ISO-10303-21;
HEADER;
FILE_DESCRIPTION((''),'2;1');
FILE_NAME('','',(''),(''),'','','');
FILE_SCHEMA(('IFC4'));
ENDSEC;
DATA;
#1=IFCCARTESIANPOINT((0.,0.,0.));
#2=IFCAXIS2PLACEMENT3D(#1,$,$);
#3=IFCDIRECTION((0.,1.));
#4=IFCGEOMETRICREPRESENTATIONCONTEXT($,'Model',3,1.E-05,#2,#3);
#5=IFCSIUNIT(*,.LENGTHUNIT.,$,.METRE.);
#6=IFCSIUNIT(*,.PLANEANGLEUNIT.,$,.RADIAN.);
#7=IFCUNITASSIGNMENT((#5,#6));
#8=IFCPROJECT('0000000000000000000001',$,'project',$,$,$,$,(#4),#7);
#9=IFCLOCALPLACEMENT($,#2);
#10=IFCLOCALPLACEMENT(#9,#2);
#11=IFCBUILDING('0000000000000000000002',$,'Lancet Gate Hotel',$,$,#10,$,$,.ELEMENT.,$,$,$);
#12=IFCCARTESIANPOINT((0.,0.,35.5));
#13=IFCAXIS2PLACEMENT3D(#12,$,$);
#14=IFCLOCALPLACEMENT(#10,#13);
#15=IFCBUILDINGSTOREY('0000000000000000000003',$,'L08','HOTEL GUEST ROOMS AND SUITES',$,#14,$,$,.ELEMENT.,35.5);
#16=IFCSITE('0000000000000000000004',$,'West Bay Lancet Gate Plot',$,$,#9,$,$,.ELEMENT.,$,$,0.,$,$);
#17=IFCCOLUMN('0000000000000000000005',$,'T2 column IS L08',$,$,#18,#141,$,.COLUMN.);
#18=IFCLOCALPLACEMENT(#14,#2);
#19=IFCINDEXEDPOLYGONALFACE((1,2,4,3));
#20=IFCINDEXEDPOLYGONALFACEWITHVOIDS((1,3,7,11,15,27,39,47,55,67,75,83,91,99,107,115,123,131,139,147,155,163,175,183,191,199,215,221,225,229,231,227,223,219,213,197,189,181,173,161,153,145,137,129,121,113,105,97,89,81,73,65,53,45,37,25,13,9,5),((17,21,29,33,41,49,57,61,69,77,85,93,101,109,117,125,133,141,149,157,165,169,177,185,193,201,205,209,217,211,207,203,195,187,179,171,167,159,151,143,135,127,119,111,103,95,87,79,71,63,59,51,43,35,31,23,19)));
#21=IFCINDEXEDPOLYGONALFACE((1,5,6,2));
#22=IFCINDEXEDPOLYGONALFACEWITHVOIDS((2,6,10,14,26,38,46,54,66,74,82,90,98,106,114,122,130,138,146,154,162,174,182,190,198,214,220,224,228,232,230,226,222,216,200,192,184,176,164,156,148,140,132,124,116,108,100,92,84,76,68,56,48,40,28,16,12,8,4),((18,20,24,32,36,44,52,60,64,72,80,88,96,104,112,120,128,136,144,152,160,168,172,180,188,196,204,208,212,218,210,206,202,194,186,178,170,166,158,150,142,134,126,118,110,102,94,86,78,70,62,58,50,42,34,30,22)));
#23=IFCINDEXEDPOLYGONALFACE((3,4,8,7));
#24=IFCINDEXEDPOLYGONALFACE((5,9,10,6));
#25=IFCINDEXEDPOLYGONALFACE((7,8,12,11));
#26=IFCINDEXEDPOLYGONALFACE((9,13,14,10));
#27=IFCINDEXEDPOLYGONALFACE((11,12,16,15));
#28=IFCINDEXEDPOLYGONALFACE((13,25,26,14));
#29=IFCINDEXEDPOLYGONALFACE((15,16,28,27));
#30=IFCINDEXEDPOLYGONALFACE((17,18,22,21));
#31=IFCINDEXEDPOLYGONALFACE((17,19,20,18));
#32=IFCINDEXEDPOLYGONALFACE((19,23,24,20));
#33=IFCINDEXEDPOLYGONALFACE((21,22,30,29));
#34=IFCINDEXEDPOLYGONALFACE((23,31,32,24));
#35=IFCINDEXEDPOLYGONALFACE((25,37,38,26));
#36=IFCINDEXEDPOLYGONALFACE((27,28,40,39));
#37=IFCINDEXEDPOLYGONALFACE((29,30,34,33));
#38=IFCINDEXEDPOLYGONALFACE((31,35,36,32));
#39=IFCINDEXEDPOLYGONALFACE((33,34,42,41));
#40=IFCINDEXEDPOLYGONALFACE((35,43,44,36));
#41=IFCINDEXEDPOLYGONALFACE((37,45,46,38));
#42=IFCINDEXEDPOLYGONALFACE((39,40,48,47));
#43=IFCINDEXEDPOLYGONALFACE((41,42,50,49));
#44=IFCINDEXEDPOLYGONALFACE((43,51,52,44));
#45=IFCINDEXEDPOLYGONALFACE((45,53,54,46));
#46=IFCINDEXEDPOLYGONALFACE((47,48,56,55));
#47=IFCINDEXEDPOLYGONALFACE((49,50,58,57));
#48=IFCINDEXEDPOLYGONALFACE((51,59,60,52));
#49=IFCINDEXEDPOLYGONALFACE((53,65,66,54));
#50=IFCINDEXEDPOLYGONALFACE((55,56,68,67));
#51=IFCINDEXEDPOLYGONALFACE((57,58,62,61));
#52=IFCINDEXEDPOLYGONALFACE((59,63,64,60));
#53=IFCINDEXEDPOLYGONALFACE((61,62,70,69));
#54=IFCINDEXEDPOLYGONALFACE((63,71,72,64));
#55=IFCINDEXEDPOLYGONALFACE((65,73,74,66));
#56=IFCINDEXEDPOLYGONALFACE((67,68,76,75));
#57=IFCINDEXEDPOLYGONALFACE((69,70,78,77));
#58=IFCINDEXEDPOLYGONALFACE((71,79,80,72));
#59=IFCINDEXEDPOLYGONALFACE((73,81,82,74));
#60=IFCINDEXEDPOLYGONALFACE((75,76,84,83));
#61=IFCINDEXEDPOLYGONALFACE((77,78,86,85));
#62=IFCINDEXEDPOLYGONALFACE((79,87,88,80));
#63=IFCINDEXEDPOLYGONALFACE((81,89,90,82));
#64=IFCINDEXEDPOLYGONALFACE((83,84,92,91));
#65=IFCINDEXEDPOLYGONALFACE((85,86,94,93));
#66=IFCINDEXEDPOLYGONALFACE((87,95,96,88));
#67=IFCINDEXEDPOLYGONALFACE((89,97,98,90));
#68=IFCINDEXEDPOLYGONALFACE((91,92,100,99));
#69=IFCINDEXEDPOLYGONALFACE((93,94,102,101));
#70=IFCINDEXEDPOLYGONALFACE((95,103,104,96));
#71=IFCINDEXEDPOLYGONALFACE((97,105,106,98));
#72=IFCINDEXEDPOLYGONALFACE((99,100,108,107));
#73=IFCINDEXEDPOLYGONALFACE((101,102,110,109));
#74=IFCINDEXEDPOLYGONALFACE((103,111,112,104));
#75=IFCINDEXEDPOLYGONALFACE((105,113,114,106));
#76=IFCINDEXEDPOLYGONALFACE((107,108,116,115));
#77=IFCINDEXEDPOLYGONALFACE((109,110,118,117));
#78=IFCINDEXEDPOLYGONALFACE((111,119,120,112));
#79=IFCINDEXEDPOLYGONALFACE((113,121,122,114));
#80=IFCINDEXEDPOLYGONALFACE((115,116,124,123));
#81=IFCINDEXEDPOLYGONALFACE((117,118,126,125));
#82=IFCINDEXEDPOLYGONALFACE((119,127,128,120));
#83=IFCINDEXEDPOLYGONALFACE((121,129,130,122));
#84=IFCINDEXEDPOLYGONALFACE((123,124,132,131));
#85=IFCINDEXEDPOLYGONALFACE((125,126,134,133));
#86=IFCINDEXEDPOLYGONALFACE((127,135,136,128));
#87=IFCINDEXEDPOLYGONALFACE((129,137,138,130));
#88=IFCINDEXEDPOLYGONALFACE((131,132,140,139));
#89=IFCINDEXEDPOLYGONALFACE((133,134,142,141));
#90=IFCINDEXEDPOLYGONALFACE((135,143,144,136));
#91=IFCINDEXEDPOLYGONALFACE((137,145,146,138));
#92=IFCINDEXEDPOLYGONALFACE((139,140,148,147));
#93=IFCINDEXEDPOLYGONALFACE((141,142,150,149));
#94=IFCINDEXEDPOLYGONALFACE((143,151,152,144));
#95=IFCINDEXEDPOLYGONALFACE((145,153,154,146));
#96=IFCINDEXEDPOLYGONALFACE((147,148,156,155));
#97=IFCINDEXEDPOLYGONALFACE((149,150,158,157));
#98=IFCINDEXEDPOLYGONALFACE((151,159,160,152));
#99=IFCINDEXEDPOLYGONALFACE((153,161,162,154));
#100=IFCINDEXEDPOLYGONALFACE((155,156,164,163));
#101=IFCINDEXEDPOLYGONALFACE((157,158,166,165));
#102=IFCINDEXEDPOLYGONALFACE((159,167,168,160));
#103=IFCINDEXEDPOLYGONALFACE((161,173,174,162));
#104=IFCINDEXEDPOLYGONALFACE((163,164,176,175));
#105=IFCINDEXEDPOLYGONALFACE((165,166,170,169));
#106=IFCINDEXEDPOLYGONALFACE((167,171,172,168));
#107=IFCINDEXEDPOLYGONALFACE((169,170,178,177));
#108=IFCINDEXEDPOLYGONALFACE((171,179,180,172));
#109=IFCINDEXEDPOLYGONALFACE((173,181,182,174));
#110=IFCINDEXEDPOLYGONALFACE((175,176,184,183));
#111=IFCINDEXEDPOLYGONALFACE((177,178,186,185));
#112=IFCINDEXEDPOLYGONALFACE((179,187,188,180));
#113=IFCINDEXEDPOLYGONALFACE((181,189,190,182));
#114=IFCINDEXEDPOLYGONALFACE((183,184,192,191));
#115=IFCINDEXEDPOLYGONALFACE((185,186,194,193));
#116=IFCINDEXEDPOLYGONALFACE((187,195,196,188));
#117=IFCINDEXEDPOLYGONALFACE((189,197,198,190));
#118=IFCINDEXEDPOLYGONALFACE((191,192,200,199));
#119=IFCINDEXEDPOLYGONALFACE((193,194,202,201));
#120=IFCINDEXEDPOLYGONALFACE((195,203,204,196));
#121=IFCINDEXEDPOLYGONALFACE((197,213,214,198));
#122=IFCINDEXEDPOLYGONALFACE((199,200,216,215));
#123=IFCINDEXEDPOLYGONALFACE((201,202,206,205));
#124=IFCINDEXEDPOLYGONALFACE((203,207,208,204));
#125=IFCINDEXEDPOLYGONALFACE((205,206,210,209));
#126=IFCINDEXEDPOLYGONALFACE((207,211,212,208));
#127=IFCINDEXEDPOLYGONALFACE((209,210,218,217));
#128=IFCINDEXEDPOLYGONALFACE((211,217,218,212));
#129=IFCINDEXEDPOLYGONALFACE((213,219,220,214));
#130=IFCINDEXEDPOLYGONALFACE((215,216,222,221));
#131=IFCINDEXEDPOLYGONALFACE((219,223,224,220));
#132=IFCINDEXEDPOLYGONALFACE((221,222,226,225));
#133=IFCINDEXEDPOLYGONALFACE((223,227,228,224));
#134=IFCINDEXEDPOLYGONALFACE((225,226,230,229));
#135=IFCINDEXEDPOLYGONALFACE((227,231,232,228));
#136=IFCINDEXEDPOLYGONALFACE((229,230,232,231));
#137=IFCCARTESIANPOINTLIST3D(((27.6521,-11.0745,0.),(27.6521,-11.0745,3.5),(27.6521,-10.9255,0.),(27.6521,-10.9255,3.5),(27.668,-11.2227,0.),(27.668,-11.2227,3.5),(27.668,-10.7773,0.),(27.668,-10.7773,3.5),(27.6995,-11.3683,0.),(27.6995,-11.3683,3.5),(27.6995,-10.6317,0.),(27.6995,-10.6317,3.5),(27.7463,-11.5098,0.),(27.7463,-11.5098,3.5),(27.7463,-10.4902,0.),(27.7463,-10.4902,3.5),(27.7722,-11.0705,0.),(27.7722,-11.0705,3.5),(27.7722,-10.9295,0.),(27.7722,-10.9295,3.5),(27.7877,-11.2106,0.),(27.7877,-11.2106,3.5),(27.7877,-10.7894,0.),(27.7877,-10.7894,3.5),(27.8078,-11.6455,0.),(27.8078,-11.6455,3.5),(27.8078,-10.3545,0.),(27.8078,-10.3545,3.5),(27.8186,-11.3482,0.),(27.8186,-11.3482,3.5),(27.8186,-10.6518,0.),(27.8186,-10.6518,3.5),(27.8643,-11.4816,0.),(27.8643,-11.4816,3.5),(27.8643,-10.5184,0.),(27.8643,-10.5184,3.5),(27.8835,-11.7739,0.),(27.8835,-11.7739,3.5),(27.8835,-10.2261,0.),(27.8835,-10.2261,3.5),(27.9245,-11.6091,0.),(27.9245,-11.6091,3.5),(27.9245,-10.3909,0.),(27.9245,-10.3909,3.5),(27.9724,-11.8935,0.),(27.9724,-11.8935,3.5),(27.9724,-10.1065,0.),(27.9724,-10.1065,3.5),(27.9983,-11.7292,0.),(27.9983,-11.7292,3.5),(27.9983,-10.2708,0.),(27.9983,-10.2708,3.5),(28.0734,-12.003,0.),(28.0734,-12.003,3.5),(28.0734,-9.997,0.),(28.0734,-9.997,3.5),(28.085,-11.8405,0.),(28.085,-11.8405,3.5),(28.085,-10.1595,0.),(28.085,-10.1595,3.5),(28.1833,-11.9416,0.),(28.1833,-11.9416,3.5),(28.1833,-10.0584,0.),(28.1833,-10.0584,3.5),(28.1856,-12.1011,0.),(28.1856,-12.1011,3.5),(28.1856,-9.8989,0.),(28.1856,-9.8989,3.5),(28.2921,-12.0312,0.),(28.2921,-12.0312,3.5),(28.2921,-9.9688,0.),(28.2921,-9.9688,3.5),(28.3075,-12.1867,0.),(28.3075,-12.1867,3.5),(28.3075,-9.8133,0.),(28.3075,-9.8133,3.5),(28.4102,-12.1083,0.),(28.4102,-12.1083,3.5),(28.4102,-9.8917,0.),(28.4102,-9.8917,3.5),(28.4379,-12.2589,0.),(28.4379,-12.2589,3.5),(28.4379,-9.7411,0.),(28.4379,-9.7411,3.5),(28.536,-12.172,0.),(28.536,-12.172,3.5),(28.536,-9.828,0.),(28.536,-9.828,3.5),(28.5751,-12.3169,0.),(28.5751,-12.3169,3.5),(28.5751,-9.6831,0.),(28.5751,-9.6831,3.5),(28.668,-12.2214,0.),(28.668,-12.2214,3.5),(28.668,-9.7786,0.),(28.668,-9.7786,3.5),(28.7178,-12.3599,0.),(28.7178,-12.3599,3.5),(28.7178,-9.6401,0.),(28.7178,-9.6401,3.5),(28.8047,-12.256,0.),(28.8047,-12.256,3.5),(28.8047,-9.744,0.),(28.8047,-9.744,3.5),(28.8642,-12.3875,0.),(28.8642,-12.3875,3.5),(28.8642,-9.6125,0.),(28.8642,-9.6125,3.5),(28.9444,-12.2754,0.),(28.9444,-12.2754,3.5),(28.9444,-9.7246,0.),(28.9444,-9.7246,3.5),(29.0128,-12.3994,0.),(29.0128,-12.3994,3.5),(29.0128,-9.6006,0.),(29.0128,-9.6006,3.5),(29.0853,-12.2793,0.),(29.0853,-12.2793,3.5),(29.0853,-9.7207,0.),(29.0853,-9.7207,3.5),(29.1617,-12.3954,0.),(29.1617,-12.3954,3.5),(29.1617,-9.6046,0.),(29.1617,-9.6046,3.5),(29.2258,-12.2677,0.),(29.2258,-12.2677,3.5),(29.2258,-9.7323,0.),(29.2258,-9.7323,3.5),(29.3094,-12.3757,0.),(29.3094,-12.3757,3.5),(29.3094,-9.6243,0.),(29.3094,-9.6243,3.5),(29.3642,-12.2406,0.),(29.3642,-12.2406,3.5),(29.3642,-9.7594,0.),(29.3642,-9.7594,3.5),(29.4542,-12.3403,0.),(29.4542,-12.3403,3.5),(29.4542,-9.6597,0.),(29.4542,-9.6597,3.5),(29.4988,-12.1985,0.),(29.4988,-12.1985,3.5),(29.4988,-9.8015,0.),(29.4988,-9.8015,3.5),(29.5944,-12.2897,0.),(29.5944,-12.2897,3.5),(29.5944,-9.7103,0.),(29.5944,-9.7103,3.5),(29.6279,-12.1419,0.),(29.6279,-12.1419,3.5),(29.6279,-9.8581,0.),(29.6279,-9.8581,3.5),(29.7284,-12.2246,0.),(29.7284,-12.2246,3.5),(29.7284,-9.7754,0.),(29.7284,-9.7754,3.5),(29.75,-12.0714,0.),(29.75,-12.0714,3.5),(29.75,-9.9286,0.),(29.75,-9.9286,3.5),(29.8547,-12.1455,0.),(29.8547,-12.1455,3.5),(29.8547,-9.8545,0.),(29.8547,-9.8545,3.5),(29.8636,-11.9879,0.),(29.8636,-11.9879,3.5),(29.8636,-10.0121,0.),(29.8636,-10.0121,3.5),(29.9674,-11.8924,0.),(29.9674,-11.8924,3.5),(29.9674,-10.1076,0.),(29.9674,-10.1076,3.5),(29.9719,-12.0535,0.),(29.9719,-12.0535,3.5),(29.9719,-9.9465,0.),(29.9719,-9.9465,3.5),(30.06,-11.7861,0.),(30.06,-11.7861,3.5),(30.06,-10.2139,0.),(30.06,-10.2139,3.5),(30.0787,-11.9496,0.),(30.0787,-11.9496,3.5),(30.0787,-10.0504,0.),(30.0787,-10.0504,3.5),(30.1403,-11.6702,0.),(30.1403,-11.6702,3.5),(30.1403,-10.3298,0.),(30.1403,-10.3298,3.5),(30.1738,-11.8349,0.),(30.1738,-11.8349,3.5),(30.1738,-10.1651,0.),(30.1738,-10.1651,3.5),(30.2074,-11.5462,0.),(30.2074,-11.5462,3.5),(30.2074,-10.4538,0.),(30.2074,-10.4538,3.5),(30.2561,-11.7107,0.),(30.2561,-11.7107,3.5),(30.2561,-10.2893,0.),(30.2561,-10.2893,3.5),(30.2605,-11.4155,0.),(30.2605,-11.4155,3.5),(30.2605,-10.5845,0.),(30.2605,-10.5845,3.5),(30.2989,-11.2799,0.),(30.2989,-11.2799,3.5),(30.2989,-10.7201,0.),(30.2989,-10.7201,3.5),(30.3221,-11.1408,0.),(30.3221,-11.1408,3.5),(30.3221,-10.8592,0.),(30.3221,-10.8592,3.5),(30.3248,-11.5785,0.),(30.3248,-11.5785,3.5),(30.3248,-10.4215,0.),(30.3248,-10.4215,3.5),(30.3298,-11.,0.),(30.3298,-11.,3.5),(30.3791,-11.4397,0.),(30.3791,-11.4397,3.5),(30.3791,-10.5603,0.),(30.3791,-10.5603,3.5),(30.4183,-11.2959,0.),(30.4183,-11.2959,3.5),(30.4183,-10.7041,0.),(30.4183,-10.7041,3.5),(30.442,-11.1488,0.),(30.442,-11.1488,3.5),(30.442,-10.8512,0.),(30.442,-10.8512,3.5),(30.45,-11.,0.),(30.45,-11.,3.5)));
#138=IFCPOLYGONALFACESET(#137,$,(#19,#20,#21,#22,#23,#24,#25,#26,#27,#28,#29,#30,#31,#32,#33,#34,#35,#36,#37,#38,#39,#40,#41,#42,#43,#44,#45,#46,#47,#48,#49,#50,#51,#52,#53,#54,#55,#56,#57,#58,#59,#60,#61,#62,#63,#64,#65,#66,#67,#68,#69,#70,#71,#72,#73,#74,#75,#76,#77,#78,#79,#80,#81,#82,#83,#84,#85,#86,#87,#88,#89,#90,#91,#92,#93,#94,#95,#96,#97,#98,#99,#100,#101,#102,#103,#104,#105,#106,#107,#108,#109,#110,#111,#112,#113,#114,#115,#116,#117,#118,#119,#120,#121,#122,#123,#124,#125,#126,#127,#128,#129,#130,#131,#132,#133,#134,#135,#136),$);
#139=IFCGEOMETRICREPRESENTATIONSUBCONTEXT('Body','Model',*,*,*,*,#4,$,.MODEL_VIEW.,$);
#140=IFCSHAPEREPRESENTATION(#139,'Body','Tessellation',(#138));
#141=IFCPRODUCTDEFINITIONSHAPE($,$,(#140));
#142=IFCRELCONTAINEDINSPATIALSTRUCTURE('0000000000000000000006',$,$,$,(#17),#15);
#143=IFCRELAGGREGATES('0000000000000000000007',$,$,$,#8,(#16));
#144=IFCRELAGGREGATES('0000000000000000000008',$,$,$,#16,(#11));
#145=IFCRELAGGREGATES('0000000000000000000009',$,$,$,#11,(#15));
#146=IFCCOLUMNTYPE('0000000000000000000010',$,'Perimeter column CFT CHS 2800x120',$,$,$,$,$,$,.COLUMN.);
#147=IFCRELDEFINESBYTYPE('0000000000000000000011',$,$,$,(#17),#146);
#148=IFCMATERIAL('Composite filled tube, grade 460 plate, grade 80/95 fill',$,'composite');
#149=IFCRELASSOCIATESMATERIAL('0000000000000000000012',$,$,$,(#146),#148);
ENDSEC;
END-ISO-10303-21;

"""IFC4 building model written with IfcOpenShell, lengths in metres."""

from ifc_helpers import new_model, si_unit, direction, frame, origin, origin_2d, place, context, subcontext, project, spatial, hollow_circle, extrude, material, material_profile, profile_set, type_object, element, save


model = new_model("IFC4")

# Units and contexts
model_context = context("Model", 3, precision=1e-05, world=origin(), true_north=direction((0.0, 1.0)))
body_context = subcontext(model_context, "Body", "Model", "MODEL_VIEW")
ifc_project = project(units=[si_unit("LENGTHUNIT", "METRE"), si_unit("PLANEANGLEUNIT", "RADIAN")], contexts=[model_context])

# Site, building, storey
site_placement = place(None, origin())
site = spatial("IfcSite", under=ifc_project, at=site_placement, Name="West Bay Lancet Gate Plot", CompositionType="ELEMENT", RefElevation=0.0)
building_placement = place(site_placement, origin())
building = spatial("IfcBuilding", under=site, at=building_placement, Name="Lancet Gate Hotel", CompositionType="ELEMENT")
storey_placement = place(building_placement, frame((0.0, 0.0, 35.5)))
storey = spatial("IfcBuildingStorey", under=building, at=storey_placement, Name="L08", Description="HOTEL GUEST ROOMS AND SUITES", CompositionType="ELEMENT", Elevation=35.5)

# Column
ifc_material_1 = material(Name="Composite filled tube, grade 460 plate, grade 80/95 fill", Category="composite")
ifc_material_profile_1 = material_profile(ifc_material_1, hollow_circle(Radius=1.3999, WallThickness=0.1201, at=origin_2d()), Name="CHS 2800x120")
ifc_profile_set_1 = profile_set([ifc_material_profile_1], Name="Composite filled tube, grade 460 plate, grade 80/95 fill")
column_type = type_object("IfcColumnType", Name="Perimeter column CFT CHS 2800x120", PredefinedType="COLUMN", material=ifc_profile_set_1)
for number, where, z_axis, x_axis, name in (
    (1, (29.05, -11.0, 0.0), (0.0, 0.0, 1.0), (1.0, 0.0, 0.0), "T2 column IS L08"),
):
    element("IfcColumn", number, at=place(storey_placement, frame(where, z_axis=z_axis, x_axis=x_axis)), inside=storey, type_object=column_type, Name=name, PredefinedType="COLUMN", context=body_context, shape_type="SweptSolid", body=[
        extrude(hollow_circle(Radius=1.3999, WallThickness=0.1201, at=origin_2d()), origin(), (0.0, 0.0, 1.0), 3.5),
    ])

save(model, "model.ifc")
